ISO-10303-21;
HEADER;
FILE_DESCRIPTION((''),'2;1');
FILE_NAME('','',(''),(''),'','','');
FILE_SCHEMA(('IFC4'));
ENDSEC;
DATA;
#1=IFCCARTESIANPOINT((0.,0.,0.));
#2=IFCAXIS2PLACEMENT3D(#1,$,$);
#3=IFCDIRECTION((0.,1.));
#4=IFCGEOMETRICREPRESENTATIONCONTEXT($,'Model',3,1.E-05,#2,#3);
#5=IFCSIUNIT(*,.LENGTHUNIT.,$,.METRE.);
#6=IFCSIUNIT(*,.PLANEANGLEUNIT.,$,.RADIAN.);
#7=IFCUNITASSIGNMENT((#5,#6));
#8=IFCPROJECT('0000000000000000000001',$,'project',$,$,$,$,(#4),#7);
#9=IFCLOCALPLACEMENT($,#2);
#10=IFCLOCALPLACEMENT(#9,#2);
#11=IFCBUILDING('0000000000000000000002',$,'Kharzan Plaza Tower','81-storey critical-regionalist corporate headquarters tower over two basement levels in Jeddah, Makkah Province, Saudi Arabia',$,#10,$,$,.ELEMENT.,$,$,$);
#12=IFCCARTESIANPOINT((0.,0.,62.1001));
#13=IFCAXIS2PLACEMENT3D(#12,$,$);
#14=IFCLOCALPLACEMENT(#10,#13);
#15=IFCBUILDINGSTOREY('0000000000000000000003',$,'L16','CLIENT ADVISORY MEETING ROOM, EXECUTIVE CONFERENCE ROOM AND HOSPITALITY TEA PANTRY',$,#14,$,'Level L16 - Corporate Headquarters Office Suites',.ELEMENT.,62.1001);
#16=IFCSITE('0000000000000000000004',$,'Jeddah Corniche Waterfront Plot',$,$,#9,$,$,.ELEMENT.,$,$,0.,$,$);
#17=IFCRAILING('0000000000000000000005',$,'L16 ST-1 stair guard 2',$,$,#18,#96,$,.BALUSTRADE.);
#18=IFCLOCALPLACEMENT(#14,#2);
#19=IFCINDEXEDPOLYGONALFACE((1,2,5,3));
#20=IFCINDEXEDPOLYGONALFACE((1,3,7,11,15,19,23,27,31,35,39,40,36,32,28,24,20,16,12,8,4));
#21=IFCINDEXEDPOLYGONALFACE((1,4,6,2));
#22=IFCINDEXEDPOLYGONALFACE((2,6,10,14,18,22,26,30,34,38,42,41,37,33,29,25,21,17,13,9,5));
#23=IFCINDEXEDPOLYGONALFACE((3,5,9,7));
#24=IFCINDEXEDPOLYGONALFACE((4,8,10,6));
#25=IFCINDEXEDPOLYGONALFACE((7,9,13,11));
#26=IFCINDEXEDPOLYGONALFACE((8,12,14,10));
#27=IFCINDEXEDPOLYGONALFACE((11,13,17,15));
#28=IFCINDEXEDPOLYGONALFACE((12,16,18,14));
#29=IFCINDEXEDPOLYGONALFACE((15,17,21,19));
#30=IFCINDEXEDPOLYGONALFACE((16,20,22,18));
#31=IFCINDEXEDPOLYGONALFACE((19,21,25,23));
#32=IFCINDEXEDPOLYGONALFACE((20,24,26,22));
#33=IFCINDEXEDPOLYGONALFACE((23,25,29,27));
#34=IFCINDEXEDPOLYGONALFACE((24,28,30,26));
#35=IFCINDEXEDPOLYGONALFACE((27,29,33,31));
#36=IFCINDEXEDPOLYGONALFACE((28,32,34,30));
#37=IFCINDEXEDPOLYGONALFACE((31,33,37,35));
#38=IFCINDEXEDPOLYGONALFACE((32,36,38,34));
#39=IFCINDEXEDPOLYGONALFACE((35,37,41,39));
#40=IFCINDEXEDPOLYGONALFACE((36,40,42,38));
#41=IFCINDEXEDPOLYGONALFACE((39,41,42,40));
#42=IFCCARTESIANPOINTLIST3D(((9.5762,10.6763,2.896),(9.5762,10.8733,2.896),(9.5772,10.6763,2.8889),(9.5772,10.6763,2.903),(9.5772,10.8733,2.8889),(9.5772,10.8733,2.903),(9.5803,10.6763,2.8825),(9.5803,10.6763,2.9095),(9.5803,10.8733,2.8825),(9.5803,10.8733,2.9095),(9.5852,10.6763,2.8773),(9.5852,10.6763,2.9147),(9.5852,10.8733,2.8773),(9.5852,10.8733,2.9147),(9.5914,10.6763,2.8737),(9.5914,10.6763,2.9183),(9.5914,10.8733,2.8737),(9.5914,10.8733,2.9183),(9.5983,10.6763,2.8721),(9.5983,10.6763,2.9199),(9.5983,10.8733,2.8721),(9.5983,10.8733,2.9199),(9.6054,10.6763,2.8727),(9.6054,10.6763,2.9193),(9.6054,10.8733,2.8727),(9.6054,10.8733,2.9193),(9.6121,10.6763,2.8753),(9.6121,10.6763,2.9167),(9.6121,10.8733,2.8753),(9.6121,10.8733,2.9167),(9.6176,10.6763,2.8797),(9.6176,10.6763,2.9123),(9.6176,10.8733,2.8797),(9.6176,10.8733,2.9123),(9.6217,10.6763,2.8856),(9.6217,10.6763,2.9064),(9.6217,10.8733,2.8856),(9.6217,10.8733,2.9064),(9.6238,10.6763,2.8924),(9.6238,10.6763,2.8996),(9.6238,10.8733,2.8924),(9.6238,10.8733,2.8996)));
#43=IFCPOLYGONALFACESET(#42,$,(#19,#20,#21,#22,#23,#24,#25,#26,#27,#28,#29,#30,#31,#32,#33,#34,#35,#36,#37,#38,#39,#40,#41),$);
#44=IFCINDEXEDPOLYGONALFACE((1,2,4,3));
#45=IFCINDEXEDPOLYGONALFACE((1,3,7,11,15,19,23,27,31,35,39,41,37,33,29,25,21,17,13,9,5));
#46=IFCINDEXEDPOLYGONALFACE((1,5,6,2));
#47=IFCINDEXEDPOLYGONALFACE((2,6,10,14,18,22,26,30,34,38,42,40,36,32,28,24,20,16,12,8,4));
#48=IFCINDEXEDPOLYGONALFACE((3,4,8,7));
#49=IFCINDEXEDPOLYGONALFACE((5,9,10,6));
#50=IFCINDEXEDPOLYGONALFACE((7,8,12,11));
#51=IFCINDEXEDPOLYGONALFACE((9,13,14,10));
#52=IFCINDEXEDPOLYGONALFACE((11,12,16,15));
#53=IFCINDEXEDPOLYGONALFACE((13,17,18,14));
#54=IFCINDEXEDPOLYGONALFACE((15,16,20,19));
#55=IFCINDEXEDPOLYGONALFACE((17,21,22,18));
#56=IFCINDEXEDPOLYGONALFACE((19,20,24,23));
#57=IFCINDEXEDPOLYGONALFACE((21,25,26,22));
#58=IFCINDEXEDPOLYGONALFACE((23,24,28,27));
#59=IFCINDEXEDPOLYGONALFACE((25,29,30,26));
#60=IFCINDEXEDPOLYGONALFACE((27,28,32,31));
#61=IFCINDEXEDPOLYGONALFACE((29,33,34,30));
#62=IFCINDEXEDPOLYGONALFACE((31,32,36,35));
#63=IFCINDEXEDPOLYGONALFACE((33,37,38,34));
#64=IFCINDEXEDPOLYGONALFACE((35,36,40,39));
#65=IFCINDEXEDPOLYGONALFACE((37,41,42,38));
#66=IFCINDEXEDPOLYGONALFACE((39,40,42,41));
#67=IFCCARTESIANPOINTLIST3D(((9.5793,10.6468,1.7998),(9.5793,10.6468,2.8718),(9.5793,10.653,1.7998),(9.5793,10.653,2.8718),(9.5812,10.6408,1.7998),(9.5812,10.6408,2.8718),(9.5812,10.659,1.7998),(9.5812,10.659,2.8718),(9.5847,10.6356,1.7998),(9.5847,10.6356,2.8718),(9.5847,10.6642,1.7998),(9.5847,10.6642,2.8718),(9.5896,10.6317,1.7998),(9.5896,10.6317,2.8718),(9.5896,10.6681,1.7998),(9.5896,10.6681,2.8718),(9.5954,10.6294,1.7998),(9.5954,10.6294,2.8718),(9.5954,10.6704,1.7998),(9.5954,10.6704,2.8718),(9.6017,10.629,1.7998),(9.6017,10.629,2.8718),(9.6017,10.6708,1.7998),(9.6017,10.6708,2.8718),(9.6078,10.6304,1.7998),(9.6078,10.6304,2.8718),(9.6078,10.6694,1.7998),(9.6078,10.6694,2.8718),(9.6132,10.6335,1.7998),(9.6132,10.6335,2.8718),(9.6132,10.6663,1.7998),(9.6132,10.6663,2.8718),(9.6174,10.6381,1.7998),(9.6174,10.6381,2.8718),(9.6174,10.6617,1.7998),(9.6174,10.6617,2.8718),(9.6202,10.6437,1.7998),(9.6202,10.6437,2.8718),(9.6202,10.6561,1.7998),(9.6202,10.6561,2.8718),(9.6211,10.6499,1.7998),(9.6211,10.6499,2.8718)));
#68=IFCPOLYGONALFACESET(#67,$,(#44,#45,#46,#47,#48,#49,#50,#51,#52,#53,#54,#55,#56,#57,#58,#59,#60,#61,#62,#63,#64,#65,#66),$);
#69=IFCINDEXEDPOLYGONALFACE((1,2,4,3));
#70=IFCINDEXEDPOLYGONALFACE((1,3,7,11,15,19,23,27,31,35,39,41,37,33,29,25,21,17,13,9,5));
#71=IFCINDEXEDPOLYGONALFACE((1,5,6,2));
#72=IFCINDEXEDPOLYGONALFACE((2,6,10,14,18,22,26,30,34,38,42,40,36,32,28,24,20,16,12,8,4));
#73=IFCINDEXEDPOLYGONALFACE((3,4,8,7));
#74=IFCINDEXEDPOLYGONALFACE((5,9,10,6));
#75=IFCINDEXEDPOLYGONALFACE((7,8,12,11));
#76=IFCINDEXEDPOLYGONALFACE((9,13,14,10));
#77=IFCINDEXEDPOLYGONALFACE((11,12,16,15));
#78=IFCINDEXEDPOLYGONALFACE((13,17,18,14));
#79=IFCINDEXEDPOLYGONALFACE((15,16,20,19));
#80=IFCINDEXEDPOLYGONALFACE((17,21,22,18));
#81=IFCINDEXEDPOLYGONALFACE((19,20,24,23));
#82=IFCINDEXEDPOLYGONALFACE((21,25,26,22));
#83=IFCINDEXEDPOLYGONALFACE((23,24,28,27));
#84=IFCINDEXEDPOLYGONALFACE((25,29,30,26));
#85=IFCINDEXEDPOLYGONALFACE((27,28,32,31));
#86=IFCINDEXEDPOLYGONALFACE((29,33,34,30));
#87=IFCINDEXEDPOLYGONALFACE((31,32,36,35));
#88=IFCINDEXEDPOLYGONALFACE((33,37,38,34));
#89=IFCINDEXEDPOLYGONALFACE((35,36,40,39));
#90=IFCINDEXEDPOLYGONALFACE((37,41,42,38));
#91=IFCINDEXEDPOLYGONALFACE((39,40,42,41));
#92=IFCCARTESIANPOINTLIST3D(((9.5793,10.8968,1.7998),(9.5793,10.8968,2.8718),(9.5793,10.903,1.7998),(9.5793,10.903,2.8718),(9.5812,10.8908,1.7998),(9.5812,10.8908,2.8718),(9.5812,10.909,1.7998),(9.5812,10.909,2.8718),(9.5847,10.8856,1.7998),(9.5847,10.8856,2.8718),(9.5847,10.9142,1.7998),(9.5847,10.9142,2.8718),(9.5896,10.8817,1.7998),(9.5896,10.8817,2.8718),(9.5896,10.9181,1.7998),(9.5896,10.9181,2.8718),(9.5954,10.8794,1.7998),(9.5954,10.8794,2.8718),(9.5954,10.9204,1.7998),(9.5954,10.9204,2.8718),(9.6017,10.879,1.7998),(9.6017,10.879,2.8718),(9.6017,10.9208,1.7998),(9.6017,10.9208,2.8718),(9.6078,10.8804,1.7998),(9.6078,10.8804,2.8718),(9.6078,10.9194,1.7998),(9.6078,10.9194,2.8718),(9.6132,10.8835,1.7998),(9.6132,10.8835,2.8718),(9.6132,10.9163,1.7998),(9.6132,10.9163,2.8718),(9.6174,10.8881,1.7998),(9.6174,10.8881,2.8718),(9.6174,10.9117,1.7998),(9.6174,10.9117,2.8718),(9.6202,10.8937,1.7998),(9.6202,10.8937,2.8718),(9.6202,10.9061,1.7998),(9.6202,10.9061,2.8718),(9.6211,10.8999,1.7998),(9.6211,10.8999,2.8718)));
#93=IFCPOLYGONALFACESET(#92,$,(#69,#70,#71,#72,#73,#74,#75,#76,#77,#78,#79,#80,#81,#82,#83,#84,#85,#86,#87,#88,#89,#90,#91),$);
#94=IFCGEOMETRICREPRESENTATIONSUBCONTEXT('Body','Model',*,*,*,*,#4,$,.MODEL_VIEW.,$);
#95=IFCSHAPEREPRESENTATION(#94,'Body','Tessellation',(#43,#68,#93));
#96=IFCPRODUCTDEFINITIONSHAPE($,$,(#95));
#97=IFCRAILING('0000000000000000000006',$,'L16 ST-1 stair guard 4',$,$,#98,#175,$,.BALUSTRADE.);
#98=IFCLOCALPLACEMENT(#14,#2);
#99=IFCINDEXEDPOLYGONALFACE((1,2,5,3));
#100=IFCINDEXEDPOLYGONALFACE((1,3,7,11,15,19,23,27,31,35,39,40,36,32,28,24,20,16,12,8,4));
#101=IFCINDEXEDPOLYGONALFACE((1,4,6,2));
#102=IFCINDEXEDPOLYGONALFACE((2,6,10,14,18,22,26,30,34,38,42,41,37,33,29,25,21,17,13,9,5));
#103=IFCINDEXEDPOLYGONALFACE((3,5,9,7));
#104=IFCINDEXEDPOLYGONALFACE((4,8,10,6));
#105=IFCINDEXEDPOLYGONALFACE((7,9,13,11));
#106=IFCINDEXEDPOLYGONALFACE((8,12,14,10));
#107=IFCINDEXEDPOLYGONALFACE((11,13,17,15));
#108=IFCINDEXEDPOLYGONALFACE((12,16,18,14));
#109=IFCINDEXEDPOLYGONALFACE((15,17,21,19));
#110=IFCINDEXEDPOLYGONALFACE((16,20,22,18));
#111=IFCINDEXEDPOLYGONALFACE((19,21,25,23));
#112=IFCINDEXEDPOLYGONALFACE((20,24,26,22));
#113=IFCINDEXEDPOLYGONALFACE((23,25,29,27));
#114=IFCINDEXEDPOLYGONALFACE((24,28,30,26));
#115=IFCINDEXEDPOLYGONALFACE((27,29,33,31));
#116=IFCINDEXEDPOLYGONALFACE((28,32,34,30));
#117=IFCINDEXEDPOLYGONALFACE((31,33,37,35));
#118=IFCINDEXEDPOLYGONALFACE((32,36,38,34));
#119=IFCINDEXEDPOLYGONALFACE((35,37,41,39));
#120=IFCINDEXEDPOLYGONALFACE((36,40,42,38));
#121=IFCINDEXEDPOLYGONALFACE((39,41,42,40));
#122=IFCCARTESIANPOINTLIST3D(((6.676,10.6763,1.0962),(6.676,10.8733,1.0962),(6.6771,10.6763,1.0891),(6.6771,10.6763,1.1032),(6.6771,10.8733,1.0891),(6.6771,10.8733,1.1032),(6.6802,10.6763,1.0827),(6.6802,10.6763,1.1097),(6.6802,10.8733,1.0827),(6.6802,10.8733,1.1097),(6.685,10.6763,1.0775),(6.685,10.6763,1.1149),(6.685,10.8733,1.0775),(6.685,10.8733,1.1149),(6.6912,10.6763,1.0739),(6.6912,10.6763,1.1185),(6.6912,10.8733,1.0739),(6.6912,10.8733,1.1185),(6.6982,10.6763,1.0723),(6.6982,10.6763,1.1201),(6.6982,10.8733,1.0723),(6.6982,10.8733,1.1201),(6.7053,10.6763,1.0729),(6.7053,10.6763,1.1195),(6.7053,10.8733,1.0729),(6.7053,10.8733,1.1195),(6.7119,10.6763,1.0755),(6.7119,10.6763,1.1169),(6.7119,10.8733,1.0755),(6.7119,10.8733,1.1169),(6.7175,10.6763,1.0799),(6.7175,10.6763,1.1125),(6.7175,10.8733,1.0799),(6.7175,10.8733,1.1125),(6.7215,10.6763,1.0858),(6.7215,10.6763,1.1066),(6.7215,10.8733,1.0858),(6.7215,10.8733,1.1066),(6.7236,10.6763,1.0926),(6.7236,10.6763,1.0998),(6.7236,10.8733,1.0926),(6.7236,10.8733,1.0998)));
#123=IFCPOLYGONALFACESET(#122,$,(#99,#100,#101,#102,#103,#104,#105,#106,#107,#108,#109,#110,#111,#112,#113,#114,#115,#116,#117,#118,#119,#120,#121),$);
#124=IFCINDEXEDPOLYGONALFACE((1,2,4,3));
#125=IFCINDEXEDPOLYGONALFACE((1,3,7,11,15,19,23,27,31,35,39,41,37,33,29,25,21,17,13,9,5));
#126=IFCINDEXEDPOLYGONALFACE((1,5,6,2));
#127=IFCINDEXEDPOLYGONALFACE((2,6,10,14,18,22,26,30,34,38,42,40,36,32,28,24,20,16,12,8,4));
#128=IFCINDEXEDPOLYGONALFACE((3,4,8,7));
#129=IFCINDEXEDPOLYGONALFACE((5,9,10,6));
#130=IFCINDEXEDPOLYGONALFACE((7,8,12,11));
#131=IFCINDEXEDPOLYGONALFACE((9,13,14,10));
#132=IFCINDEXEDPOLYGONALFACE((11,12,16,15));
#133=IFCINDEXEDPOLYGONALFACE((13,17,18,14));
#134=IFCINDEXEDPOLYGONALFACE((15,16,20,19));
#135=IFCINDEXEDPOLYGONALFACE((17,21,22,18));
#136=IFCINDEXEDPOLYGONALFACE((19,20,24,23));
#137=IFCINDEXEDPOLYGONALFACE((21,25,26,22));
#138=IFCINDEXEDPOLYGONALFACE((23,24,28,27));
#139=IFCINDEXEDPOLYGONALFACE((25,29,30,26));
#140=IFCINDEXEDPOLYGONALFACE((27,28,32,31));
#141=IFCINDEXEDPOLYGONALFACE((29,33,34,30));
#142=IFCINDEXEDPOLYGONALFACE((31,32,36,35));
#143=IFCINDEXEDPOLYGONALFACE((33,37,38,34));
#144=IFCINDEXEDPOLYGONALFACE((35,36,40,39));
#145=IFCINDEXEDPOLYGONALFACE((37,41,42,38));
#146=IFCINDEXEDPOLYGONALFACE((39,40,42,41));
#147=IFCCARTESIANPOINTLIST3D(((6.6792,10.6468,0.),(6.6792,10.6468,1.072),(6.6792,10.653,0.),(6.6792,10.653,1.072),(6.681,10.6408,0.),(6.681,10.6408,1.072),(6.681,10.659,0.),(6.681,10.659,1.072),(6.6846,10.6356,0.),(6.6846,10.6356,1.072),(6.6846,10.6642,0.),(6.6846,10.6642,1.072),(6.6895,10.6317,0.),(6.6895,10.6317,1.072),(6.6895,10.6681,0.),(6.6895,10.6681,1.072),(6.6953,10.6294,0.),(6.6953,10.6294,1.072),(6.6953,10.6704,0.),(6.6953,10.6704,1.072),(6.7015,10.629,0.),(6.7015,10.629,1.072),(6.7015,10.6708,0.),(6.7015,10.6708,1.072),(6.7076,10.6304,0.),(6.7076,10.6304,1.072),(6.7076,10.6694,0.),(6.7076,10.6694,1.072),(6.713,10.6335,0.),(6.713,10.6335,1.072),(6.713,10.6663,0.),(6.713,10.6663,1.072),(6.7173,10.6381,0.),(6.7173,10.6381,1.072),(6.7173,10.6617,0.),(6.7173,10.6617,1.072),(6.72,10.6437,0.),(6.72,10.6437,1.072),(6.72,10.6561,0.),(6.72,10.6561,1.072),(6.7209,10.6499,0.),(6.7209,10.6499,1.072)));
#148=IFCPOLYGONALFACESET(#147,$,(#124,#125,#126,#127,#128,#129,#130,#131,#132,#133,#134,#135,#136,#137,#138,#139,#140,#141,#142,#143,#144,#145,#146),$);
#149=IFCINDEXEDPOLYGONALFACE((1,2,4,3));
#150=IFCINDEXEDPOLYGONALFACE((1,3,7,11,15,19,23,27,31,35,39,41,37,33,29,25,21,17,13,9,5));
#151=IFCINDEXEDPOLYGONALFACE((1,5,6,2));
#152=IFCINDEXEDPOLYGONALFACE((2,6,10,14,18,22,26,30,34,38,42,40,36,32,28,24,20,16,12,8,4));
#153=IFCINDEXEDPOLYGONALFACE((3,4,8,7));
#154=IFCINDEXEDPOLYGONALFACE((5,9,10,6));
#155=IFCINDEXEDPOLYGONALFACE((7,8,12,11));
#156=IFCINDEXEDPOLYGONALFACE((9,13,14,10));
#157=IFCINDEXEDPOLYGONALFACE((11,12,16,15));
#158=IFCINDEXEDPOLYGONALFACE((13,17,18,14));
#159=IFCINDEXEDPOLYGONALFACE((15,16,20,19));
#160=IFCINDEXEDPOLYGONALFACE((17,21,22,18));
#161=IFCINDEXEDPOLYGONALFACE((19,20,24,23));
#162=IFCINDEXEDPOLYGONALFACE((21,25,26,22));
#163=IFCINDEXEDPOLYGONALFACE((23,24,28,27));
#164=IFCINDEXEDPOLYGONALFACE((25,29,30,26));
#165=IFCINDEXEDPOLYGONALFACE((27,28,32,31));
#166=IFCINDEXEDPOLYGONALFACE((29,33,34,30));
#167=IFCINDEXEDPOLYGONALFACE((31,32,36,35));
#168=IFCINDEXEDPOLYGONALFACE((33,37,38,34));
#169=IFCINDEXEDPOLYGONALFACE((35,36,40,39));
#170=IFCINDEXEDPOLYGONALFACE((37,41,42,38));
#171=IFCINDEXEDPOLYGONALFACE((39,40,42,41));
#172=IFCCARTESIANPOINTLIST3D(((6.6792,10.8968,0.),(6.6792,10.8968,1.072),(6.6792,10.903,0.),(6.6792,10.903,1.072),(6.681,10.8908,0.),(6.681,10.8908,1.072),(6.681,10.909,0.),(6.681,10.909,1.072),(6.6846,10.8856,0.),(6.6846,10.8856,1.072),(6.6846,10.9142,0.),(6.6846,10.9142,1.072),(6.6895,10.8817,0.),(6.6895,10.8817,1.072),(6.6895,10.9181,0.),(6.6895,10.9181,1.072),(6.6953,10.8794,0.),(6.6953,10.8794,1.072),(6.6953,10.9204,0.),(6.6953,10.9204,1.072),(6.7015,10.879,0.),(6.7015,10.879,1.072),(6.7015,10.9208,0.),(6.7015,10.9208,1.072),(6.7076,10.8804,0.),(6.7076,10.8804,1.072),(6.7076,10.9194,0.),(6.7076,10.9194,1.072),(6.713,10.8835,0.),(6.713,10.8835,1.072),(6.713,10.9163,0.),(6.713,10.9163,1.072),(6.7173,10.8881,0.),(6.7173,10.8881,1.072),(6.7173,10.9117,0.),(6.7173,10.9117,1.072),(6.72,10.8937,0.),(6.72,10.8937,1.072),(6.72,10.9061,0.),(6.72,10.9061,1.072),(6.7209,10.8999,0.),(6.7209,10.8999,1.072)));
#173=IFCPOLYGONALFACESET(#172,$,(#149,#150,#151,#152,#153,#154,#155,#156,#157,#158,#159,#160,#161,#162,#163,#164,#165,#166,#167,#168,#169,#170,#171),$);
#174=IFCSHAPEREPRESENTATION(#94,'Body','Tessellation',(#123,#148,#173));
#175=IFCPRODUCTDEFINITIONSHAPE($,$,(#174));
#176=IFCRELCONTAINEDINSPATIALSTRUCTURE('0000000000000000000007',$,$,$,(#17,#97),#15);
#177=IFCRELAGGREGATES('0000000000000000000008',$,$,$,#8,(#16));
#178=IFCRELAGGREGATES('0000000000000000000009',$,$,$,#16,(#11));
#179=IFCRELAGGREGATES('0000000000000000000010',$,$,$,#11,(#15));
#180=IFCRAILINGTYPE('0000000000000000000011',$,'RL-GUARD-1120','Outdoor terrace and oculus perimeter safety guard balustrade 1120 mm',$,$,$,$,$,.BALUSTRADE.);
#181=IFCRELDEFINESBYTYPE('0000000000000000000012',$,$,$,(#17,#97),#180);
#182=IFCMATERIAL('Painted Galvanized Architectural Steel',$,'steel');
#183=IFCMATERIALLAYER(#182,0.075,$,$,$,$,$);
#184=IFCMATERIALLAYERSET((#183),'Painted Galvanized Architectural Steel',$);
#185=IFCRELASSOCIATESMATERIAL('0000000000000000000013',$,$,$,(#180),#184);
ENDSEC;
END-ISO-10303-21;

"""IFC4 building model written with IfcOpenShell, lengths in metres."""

from ifc_helpers import new_model, si_unit, direction, frame, origin, origin_2d, place, context, subcontext, project, spatial, circle, extrude, source, transform, mapped, material, layer, layer_set, type_object, element, save


model = new_model("IFC4")

# Units and contexts
model_context = context("Model", 3, precision=1e-05, world=origin(), true_north=direction((0.0, 1.0)))
body_context = subcontext(model_context, "Body", "Model", "MODEL_VIEW")
ifc_project = project(units=[si_unit("LENGTHUNIT", "METRE"), si_unit("PLANEANGLEUNIT", "RADIAN")], contexts=[model_context])

# Site, building, storey
site_placement = place(None, origin())
site = spatial("IfcSite", under=ifc_project, at=site_placement, Name="Jeddah Corniche Waterfront Plot", CompositionType="ELEMENT", RefElevation=0.0)
building_placement = place(site_placement, origin())
building = spatial("IfcBuilding", under=site, at=building_placement, Name="Kharzan Plaza Tower", Description="81-storey critical-regionalist corporate headquarters tower over two basement levels in Jeddah, Makkah Province, Saudi Arabia", CompositionType="ELEMENT")
storey_placement = place(building_placement, frame((0.0, 0.0, 62.1001)))
storey = spatial("IfcBuildingStorey", under=building, at=storey_placement, Name="L16", Description="CLIENT ADVISORY MEETING ROOM, EXECUTIVE CONFERENCE ROOM AND HOSPITALITY TEA PANTRY", LongName="Level L16 - Corporate Headquarters Office Suites", CompositionType="ELEMENT", Elevation=62.1001)

# Railings
ifc_material_1 = material(Name="Painted Galvanized Architectural Steel", Category="steel")
ifc_layer_1 = layer(ifc_material_1, 0.075)
ifc_layer_set_1 = layer_set([ifc_layer_1], Name="Painted Galvanized Architectural Steel")
railing_type_1 = type_object("IfcRailingType", Name="RL-GUARD-1120", Description="Outdoor terrace and oculus perimeter safety guard balustrade 1120 mm", PredefinedType="BALUSTRADE", material=ifc_layer_set_1)
shared_shape_1 = source(origin(), body_context, "Body", "SweptSolid", [
    extrude(circle(Radius=0.0239, at=origin_2d()), frame((0.0, 0.0264, 1.0962), z_axis=(0.0, 1.0, 0.0), x_axis=(-1.0, 0.0, 0.0)), (0.0, 0.0, 1.0), 0.197),
    extrude(circle(Radius=0.021, at=origin_2d()), origin(), (0.0, 0.0, 1.0), 1.072),
    extrude(circle(Radius=0.021, at=origin_2d()), frame((0.0, 0.25, 0.0)), (0.0, 0.0, 1.0), 1.072),
])
for number, where, name in (
    (1, (9.6001, 10.6499, 1.7998), "L16 ST-1 stair guard 2"),
    (2, (6.7, 10.6499, 0.0), "L16 ST-1 stair guard 4"),
):
    element("IfcRailing", number, at=place(storey_placement, frame(where)), inside=storey, type_object=railing_type_1, Name=name, PredefinedType="BALUSTRADE", context=body_context, shape_type="MappedRepresentation", body=[
        mapped(shared_shape_1, transform((0.0, 0.0, 0.0), x_axis=(1.0, 0.0, 0.0), y_axis=(0.0, 1.0, 0.0), z_axis=(0.0, 0.0, 1.0))),
    ])

save(model, "model.ifc")
